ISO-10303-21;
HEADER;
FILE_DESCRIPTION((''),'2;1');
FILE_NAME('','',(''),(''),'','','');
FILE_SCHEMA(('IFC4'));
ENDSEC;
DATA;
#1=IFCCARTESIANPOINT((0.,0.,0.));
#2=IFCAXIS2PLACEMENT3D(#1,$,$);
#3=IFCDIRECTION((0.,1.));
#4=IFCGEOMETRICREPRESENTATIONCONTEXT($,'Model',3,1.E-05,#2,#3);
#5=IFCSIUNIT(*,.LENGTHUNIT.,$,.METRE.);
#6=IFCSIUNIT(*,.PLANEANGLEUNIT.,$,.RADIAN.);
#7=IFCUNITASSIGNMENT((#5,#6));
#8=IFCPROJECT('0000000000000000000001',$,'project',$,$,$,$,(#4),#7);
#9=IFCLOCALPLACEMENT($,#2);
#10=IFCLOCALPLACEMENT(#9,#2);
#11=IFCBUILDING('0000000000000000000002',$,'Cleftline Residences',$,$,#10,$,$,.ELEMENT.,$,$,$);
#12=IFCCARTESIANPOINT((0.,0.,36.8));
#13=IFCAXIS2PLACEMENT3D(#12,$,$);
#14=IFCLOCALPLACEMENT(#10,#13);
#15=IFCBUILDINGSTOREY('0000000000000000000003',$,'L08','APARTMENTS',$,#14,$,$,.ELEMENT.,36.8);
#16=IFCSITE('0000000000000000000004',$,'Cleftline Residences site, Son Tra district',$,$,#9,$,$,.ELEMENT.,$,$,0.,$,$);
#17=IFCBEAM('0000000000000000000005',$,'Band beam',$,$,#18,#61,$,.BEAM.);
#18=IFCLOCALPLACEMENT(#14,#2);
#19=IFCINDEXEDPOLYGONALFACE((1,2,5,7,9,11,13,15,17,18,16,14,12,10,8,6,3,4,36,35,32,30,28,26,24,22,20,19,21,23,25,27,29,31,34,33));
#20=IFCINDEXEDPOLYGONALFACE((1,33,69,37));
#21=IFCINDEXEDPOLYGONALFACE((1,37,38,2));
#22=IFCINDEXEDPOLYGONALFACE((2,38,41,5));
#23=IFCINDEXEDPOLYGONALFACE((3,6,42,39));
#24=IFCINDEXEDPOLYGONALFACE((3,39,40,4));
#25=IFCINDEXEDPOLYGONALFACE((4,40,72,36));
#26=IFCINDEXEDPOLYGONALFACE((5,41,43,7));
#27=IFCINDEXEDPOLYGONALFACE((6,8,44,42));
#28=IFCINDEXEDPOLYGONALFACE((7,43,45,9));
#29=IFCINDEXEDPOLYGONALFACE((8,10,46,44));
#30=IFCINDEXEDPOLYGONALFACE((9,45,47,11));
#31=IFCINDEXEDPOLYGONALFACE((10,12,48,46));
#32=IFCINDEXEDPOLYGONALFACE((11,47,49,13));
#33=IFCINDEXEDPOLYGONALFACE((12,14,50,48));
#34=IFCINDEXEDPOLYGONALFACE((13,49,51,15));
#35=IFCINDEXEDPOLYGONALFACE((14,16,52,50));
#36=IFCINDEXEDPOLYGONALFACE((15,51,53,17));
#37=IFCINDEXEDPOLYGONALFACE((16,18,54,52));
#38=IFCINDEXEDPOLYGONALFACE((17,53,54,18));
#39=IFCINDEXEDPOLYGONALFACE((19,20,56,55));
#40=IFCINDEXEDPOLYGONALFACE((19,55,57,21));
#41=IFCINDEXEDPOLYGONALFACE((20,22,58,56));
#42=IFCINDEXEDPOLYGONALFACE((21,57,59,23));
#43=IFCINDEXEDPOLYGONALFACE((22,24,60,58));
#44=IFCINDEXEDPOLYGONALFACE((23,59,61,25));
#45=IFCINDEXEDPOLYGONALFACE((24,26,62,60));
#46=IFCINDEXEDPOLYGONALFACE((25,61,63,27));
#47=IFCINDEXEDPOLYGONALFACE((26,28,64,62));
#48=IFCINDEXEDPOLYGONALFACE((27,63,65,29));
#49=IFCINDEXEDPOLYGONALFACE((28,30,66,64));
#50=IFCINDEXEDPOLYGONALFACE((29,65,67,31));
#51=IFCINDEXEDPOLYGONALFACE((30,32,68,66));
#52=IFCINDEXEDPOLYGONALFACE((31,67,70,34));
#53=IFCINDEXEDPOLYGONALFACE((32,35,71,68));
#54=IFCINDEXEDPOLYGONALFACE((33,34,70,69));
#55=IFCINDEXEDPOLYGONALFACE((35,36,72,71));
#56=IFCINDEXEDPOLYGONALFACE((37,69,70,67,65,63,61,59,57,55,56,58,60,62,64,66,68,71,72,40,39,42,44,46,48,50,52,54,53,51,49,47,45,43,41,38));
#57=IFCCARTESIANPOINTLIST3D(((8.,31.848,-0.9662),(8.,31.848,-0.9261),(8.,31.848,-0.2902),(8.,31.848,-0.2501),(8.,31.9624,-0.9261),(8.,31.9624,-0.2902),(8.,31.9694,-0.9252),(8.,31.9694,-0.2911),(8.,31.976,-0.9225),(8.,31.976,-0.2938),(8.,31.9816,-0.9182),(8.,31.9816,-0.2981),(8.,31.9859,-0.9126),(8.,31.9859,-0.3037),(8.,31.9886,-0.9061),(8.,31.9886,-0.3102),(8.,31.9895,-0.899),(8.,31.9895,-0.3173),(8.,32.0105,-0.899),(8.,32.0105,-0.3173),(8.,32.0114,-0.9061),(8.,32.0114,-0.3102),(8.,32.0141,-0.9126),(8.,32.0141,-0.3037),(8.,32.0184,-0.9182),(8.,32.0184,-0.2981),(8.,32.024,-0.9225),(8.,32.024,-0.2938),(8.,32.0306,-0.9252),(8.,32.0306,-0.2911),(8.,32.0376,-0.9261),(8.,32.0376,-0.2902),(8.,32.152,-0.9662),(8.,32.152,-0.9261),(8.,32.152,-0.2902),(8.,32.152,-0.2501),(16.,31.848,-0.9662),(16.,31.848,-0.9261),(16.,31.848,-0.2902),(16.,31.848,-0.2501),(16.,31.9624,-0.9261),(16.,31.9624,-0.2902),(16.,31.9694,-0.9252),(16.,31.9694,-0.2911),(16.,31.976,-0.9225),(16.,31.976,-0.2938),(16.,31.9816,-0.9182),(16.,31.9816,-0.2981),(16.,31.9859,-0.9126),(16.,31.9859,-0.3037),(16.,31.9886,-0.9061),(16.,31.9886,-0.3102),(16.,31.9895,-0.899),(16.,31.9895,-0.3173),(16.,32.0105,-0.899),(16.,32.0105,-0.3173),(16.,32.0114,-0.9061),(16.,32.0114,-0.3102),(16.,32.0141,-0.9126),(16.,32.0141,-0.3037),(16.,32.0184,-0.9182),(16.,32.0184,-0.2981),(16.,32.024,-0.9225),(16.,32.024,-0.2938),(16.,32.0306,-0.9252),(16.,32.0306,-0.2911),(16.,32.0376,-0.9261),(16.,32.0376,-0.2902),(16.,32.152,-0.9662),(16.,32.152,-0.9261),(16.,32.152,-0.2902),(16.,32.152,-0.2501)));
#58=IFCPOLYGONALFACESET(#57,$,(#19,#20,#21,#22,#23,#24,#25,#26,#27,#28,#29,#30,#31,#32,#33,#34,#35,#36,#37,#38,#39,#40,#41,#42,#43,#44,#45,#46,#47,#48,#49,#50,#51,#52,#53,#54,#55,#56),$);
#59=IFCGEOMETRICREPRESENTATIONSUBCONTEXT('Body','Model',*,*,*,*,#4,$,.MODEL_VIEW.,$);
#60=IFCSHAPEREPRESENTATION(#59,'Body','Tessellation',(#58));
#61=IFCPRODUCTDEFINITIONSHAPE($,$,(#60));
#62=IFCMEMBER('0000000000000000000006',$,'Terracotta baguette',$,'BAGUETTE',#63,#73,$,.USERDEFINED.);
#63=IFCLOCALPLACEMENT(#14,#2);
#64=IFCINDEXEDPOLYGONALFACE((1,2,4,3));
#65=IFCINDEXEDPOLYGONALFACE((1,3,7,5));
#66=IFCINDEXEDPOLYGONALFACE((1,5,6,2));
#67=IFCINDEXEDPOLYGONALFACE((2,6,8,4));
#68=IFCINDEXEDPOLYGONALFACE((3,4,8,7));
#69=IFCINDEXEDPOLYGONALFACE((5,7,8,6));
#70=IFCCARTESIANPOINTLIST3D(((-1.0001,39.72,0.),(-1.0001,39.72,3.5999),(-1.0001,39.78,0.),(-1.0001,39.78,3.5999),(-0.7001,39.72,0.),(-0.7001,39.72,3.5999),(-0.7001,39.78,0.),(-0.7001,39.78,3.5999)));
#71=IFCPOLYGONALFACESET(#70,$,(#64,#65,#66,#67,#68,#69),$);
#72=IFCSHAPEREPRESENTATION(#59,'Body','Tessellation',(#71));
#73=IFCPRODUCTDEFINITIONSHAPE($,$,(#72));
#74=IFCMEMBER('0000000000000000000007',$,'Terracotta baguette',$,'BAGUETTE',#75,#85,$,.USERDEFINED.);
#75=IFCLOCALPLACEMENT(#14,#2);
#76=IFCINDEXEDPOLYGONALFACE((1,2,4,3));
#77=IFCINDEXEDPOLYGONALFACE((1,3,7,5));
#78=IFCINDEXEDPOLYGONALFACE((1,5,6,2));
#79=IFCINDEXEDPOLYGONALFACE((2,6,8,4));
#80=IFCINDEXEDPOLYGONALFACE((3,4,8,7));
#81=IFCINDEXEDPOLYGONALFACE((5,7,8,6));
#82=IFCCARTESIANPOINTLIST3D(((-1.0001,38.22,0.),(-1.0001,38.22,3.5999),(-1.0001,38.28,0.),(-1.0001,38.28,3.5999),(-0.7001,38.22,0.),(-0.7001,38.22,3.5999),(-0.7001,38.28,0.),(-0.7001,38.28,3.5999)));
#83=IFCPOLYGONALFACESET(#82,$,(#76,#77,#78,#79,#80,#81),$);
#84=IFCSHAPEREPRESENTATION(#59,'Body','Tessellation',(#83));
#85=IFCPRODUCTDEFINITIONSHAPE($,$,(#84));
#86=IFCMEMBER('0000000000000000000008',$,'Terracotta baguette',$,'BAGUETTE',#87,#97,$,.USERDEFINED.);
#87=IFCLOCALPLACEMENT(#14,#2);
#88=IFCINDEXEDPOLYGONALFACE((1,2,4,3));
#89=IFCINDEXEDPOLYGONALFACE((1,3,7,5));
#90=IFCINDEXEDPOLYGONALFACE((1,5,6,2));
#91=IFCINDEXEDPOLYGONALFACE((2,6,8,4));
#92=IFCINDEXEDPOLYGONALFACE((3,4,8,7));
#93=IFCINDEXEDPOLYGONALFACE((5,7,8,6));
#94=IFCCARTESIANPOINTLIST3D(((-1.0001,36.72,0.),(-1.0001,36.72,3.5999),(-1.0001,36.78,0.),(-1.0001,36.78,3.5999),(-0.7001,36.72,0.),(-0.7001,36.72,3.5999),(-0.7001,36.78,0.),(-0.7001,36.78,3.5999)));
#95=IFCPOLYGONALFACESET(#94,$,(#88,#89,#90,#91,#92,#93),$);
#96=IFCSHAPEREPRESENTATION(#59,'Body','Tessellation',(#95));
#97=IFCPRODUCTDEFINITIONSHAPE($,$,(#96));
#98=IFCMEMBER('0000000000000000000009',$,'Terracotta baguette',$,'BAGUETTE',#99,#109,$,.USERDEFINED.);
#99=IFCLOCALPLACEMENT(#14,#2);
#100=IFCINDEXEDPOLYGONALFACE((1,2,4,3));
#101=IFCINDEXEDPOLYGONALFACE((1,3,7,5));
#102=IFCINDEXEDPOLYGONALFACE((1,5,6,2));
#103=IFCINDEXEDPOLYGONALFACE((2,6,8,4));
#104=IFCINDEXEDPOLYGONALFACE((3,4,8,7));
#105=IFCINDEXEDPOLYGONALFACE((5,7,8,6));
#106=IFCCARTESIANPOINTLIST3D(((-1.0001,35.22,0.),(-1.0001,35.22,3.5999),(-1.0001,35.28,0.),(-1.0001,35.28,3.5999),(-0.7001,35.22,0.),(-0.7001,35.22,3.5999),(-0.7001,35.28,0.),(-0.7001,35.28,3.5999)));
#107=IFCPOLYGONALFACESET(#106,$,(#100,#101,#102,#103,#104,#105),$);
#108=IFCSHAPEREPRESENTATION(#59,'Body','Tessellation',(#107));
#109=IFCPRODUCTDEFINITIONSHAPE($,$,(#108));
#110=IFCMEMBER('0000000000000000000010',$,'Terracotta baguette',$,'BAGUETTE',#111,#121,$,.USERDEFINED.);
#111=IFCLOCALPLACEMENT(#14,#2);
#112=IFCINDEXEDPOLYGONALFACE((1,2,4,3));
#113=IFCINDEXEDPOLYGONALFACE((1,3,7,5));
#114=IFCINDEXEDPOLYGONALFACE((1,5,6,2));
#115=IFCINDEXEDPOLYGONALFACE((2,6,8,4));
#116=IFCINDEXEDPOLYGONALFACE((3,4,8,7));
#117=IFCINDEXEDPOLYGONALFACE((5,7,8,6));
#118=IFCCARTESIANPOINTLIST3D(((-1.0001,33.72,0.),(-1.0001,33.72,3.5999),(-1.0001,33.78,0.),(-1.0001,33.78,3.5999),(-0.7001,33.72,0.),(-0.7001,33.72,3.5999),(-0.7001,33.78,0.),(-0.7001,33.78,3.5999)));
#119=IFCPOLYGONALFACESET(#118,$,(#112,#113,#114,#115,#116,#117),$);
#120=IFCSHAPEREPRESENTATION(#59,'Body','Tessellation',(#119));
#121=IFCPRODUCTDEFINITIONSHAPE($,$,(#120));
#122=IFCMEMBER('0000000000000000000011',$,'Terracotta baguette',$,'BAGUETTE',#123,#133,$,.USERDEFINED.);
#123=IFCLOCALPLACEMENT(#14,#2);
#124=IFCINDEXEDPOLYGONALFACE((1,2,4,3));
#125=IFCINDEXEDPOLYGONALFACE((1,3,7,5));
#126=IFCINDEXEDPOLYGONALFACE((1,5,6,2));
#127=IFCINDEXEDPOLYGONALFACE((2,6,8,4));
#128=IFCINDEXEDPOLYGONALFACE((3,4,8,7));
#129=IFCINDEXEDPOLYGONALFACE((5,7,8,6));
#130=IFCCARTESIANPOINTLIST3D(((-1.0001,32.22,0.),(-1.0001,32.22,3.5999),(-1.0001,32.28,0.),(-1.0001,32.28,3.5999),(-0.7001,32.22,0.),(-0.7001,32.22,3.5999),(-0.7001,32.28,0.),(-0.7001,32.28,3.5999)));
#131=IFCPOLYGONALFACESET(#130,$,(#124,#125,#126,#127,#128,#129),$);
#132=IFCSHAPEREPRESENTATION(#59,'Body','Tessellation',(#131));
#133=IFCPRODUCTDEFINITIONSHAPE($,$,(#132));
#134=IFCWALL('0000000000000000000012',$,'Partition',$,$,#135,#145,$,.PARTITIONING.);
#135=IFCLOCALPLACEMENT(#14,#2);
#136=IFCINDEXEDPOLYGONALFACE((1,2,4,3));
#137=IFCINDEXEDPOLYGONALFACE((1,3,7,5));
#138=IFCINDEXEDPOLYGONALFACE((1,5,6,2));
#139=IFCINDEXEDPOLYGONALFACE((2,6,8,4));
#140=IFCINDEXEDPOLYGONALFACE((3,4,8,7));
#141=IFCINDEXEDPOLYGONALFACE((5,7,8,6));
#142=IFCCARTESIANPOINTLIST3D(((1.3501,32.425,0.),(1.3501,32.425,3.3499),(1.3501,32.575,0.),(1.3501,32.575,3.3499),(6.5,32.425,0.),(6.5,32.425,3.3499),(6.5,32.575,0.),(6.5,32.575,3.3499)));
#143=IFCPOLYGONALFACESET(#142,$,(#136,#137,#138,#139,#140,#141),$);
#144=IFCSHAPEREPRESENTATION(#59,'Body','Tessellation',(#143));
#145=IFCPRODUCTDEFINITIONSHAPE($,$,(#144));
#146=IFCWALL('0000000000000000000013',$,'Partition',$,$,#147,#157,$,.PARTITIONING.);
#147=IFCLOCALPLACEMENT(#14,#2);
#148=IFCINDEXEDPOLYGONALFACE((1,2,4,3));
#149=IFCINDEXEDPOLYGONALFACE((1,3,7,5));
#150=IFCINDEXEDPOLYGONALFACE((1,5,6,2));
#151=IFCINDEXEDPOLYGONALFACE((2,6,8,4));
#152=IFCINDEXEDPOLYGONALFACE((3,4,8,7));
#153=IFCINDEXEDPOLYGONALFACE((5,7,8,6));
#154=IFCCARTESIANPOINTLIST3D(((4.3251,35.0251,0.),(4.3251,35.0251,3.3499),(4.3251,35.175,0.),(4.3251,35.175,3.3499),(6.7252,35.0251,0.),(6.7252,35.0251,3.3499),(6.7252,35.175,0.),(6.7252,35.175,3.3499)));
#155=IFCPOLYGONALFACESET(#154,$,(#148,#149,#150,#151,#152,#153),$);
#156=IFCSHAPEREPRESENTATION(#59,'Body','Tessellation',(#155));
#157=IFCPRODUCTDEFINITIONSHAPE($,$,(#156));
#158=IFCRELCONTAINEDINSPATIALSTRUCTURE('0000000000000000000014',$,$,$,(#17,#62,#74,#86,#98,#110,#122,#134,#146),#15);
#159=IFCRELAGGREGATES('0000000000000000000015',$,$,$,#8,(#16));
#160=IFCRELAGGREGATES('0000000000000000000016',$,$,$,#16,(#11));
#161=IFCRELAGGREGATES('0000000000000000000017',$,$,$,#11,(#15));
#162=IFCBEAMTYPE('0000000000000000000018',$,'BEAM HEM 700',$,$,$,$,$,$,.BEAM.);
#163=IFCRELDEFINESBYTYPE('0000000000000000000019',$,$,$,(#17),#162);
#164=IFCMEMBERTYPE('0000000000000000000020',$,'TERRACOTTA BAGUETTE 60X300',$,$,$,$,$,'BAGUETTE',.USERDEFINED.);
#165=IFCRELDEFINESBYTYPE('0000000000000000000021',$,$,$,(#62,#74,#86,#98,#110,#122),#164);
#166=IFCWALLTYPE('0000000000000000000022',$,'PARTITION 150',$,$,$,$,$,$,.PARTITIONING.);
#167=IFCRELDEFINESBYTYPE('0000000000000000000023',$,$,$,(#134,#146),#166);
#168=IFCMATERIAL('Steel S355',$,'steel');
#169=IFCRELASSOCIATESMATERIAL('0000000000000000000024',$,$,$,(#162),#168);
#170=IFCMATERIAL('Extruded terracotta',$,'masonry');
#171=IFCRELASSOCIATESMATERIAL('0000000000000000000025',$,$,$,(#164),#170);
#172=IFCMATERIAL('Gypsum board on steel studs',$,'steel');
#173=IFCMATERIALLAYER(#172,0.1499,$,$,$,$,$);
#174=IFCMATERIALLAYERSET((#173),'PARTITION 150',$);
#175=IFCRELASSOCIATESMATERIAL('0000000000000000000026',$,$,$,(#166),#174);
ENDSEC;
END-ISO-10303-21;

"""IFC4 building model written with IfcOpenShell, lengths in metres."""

from ifc_helpers import new_model, si_unit, direction, frame, frame_2d, origin, origin_2d, place, context, subcontext, project, spatial, rectangle, i_section, extrude, material, layer, layer_set, material_profile, profile_set, type_object, element, save


model = new_model("IFC4")

# Units and contexts
model_context = context("Model", 3, precision=1e-05, world=origin(), true_north=direction((0.0, 1.0)))
body_context = subcontext(model_context, "Body", "Model", "MODEL_VIEW")
ifc_project = project(units=[si_unit("LENGTHUNIT", "METRE"), si_unit("PLANEANGLEUNIT", "RADIAN")], contexts=[model_context])

# Site, building, storey
site_placement = place(None, origin())
site = spatial("IfcSite", under=ifc_project, at=site_placement, Name="Cleftline Residences site, Son Tra district", CompositionType="ELEMENT", RefElevation=0.0)
building_placement = place(site_placement, origin())
building = spatial("IfcBuilding", under=site, at=building_placement, Name="Cleftline Residences", CompositionType="ELEMENT")
storey_placement = place(building_placement, frame((0.0, 0.0, 36.8)))
storey = spatial("IfcBuildingStorey", under=building, at=storey_placement, Name="L08", Description="APARTMENTS", CompositionType="ELEMENT", Elevation=36.8)

# Beam
ifc_material_1 = material(Name="Steel S355", Category="steel")
ifc_material_profile_1 = material_profile(ifc_material_1, i_section(OverallWidth=0.304, OverallDepth=0.7161, WebThickness=0.021, FlangeThickness=0.04, FilletRadius=0.0271, at=origin_2d()))
ifc_profile_set_1 = profile_set([ifc_material_profile_1], Name="Steel S355")
beam_type = type_object("IfcBeamType", Name="BEAM HEM 700", PredefinedType="BEAM", material=ifc_profile_set_1)
beam_placement = place(storey_placement, frame((8.0, 32.0, -0.6082), z_axis=(1.0, 0.0, 0.0), x_axis=(0.0, 1.0, 0.0)))
element("IfcBeam", 1, at=beam_placement, inside=storey, type_object=beam_type, Name="Band beam", PredefinedType="BEAM", context=body_context, shape_type="SweptSolid", body=[
    extrude(i_section(OverallWidth=0.304, OverallDepth=0.7161, WebThickness=0.021, FlangeThickness=0.04, FilletRadius=0.0271, at=origin_2d()), origin(), (0.0, 0.0, 1.0), 8.0),
])

# Members
ifc_material_2 = material(Name="Extruded terracotta", Category="masonry")
ifc_material_profile_2 = material_profile(ifc_material_2, rectangle(XDim=0.0601, YDim=0.3, at=origin_2d()))
ifc_profile_set_2 = profile_set([ifc_material_profile_2], Name="Extruded terracotta")
member_type = type_object("IfcMemberType", Name="TERRACOTTA BAGUETTE 60X300", ElementType="BAGUETTE", PredefinedType="USERDEFINED", material=ifc_profile_set_2)
for number, where, z_axis, x_axis, name in (
    (2, (-0.8501, 39.75, 0.0), (0.0, 0.0, 1.0), (0.0, 1.0, 0.0), "Terracotta baguette"),
    (3, (-0.8501, 38.25, 0.0), (0.0, 0.0, 1.0), (0.0, 1.0, 0.0), "Terracotta baguette"),
    (4, (-0.8501, 36.75, 0.0), (0.0, 0.0, 1.0), (0.0, 1.0, 0.0), "Terracotta baguette"),
    (5, (-0.8501, 35.25, 0.0), (0.0, 0.0, 1.0), (0.0, 1.0, 0.0), "Terracotta baguette"),
    (6, (-0.8501, 33.75, 0.0), (0.0, 0.0, 1.0), (0.0, 1.0, 0.0), "Terracotta baguette"),
    (7, (-0.8501, 32.25, 0.0), (0.0, 0.0, 1.0), (0.0, 1.0, 0.0), "Terracotta baguette"),
):
    element("IfcMember", number, at=place(storey_placement, frame(where, z_axis=z_axis, x_axis=x_axis)), inside=storey, type_object=member_type, Name=name, ObjectType="BAGUETTE", PredefinedType="USERDEFINED", context=body_context, shape_type="SweptSolid", body=[
        extrude(rectangle(XDim=0.0601, YDim=0.3, at=origin_2d()), origin(), (0.0, 0.0, 1.0), 3.5999),
    ])

# Walls
ifc_material_3 = material(Name="Gypsum board on steel studs", Category="steel")
ifc_layer = layer(ifc_material_3, 0.1499)
ifc_layer_set = layer_set([ifc_layer], Name="PARTITION 150")
wall_type = type_object("IfcWallType", Name="PARTITION 150", PredefinedType="PARTITIONING", material=ifc_layer_set)
wall_1_placement = place(storey_placement, frame((1.3501, 32.5, 0.0), z_axis=(0.0, 0.0, 1.0), x_axis=(1.0, 0.0, 0.0)))
element("IfcWall", 8, at=wall_1_placement, inside=storey, type_object=wall_type, Name="Partition", PredefinedType="PARTITIONING", context=body_context, shape_type="SweptSolid", body=[
    extrude(rectangle(XDim=5.1499, YDim=0.1499, at=frame_2d((2.575, 0.0))), origin(), (0.0, 0.0, 1.0), 3.3499),
])
wall_2_placement = place(storey_placement, frame((4.325, 35.1001, 0.0), z_axis=(0.0, 0.0, 1.0), x_axis=(1.0, 0.0, 0.0)))
element("IfcWall", 9, at=wall_2_placement, inside=storey, type_object=wall_type, Name="Partition", PredefinedType="PARTITIONING", context=body_context, shape_type="SweptSolid", body=[
    extrude(rectangle(XDim=2.4001, YDim=0.1499, at=frame_2d((1.2002, 0.0))), origin(), (0.0, 0.0, 1.0), 3.3499),
])

save(model, "model.ifc")
